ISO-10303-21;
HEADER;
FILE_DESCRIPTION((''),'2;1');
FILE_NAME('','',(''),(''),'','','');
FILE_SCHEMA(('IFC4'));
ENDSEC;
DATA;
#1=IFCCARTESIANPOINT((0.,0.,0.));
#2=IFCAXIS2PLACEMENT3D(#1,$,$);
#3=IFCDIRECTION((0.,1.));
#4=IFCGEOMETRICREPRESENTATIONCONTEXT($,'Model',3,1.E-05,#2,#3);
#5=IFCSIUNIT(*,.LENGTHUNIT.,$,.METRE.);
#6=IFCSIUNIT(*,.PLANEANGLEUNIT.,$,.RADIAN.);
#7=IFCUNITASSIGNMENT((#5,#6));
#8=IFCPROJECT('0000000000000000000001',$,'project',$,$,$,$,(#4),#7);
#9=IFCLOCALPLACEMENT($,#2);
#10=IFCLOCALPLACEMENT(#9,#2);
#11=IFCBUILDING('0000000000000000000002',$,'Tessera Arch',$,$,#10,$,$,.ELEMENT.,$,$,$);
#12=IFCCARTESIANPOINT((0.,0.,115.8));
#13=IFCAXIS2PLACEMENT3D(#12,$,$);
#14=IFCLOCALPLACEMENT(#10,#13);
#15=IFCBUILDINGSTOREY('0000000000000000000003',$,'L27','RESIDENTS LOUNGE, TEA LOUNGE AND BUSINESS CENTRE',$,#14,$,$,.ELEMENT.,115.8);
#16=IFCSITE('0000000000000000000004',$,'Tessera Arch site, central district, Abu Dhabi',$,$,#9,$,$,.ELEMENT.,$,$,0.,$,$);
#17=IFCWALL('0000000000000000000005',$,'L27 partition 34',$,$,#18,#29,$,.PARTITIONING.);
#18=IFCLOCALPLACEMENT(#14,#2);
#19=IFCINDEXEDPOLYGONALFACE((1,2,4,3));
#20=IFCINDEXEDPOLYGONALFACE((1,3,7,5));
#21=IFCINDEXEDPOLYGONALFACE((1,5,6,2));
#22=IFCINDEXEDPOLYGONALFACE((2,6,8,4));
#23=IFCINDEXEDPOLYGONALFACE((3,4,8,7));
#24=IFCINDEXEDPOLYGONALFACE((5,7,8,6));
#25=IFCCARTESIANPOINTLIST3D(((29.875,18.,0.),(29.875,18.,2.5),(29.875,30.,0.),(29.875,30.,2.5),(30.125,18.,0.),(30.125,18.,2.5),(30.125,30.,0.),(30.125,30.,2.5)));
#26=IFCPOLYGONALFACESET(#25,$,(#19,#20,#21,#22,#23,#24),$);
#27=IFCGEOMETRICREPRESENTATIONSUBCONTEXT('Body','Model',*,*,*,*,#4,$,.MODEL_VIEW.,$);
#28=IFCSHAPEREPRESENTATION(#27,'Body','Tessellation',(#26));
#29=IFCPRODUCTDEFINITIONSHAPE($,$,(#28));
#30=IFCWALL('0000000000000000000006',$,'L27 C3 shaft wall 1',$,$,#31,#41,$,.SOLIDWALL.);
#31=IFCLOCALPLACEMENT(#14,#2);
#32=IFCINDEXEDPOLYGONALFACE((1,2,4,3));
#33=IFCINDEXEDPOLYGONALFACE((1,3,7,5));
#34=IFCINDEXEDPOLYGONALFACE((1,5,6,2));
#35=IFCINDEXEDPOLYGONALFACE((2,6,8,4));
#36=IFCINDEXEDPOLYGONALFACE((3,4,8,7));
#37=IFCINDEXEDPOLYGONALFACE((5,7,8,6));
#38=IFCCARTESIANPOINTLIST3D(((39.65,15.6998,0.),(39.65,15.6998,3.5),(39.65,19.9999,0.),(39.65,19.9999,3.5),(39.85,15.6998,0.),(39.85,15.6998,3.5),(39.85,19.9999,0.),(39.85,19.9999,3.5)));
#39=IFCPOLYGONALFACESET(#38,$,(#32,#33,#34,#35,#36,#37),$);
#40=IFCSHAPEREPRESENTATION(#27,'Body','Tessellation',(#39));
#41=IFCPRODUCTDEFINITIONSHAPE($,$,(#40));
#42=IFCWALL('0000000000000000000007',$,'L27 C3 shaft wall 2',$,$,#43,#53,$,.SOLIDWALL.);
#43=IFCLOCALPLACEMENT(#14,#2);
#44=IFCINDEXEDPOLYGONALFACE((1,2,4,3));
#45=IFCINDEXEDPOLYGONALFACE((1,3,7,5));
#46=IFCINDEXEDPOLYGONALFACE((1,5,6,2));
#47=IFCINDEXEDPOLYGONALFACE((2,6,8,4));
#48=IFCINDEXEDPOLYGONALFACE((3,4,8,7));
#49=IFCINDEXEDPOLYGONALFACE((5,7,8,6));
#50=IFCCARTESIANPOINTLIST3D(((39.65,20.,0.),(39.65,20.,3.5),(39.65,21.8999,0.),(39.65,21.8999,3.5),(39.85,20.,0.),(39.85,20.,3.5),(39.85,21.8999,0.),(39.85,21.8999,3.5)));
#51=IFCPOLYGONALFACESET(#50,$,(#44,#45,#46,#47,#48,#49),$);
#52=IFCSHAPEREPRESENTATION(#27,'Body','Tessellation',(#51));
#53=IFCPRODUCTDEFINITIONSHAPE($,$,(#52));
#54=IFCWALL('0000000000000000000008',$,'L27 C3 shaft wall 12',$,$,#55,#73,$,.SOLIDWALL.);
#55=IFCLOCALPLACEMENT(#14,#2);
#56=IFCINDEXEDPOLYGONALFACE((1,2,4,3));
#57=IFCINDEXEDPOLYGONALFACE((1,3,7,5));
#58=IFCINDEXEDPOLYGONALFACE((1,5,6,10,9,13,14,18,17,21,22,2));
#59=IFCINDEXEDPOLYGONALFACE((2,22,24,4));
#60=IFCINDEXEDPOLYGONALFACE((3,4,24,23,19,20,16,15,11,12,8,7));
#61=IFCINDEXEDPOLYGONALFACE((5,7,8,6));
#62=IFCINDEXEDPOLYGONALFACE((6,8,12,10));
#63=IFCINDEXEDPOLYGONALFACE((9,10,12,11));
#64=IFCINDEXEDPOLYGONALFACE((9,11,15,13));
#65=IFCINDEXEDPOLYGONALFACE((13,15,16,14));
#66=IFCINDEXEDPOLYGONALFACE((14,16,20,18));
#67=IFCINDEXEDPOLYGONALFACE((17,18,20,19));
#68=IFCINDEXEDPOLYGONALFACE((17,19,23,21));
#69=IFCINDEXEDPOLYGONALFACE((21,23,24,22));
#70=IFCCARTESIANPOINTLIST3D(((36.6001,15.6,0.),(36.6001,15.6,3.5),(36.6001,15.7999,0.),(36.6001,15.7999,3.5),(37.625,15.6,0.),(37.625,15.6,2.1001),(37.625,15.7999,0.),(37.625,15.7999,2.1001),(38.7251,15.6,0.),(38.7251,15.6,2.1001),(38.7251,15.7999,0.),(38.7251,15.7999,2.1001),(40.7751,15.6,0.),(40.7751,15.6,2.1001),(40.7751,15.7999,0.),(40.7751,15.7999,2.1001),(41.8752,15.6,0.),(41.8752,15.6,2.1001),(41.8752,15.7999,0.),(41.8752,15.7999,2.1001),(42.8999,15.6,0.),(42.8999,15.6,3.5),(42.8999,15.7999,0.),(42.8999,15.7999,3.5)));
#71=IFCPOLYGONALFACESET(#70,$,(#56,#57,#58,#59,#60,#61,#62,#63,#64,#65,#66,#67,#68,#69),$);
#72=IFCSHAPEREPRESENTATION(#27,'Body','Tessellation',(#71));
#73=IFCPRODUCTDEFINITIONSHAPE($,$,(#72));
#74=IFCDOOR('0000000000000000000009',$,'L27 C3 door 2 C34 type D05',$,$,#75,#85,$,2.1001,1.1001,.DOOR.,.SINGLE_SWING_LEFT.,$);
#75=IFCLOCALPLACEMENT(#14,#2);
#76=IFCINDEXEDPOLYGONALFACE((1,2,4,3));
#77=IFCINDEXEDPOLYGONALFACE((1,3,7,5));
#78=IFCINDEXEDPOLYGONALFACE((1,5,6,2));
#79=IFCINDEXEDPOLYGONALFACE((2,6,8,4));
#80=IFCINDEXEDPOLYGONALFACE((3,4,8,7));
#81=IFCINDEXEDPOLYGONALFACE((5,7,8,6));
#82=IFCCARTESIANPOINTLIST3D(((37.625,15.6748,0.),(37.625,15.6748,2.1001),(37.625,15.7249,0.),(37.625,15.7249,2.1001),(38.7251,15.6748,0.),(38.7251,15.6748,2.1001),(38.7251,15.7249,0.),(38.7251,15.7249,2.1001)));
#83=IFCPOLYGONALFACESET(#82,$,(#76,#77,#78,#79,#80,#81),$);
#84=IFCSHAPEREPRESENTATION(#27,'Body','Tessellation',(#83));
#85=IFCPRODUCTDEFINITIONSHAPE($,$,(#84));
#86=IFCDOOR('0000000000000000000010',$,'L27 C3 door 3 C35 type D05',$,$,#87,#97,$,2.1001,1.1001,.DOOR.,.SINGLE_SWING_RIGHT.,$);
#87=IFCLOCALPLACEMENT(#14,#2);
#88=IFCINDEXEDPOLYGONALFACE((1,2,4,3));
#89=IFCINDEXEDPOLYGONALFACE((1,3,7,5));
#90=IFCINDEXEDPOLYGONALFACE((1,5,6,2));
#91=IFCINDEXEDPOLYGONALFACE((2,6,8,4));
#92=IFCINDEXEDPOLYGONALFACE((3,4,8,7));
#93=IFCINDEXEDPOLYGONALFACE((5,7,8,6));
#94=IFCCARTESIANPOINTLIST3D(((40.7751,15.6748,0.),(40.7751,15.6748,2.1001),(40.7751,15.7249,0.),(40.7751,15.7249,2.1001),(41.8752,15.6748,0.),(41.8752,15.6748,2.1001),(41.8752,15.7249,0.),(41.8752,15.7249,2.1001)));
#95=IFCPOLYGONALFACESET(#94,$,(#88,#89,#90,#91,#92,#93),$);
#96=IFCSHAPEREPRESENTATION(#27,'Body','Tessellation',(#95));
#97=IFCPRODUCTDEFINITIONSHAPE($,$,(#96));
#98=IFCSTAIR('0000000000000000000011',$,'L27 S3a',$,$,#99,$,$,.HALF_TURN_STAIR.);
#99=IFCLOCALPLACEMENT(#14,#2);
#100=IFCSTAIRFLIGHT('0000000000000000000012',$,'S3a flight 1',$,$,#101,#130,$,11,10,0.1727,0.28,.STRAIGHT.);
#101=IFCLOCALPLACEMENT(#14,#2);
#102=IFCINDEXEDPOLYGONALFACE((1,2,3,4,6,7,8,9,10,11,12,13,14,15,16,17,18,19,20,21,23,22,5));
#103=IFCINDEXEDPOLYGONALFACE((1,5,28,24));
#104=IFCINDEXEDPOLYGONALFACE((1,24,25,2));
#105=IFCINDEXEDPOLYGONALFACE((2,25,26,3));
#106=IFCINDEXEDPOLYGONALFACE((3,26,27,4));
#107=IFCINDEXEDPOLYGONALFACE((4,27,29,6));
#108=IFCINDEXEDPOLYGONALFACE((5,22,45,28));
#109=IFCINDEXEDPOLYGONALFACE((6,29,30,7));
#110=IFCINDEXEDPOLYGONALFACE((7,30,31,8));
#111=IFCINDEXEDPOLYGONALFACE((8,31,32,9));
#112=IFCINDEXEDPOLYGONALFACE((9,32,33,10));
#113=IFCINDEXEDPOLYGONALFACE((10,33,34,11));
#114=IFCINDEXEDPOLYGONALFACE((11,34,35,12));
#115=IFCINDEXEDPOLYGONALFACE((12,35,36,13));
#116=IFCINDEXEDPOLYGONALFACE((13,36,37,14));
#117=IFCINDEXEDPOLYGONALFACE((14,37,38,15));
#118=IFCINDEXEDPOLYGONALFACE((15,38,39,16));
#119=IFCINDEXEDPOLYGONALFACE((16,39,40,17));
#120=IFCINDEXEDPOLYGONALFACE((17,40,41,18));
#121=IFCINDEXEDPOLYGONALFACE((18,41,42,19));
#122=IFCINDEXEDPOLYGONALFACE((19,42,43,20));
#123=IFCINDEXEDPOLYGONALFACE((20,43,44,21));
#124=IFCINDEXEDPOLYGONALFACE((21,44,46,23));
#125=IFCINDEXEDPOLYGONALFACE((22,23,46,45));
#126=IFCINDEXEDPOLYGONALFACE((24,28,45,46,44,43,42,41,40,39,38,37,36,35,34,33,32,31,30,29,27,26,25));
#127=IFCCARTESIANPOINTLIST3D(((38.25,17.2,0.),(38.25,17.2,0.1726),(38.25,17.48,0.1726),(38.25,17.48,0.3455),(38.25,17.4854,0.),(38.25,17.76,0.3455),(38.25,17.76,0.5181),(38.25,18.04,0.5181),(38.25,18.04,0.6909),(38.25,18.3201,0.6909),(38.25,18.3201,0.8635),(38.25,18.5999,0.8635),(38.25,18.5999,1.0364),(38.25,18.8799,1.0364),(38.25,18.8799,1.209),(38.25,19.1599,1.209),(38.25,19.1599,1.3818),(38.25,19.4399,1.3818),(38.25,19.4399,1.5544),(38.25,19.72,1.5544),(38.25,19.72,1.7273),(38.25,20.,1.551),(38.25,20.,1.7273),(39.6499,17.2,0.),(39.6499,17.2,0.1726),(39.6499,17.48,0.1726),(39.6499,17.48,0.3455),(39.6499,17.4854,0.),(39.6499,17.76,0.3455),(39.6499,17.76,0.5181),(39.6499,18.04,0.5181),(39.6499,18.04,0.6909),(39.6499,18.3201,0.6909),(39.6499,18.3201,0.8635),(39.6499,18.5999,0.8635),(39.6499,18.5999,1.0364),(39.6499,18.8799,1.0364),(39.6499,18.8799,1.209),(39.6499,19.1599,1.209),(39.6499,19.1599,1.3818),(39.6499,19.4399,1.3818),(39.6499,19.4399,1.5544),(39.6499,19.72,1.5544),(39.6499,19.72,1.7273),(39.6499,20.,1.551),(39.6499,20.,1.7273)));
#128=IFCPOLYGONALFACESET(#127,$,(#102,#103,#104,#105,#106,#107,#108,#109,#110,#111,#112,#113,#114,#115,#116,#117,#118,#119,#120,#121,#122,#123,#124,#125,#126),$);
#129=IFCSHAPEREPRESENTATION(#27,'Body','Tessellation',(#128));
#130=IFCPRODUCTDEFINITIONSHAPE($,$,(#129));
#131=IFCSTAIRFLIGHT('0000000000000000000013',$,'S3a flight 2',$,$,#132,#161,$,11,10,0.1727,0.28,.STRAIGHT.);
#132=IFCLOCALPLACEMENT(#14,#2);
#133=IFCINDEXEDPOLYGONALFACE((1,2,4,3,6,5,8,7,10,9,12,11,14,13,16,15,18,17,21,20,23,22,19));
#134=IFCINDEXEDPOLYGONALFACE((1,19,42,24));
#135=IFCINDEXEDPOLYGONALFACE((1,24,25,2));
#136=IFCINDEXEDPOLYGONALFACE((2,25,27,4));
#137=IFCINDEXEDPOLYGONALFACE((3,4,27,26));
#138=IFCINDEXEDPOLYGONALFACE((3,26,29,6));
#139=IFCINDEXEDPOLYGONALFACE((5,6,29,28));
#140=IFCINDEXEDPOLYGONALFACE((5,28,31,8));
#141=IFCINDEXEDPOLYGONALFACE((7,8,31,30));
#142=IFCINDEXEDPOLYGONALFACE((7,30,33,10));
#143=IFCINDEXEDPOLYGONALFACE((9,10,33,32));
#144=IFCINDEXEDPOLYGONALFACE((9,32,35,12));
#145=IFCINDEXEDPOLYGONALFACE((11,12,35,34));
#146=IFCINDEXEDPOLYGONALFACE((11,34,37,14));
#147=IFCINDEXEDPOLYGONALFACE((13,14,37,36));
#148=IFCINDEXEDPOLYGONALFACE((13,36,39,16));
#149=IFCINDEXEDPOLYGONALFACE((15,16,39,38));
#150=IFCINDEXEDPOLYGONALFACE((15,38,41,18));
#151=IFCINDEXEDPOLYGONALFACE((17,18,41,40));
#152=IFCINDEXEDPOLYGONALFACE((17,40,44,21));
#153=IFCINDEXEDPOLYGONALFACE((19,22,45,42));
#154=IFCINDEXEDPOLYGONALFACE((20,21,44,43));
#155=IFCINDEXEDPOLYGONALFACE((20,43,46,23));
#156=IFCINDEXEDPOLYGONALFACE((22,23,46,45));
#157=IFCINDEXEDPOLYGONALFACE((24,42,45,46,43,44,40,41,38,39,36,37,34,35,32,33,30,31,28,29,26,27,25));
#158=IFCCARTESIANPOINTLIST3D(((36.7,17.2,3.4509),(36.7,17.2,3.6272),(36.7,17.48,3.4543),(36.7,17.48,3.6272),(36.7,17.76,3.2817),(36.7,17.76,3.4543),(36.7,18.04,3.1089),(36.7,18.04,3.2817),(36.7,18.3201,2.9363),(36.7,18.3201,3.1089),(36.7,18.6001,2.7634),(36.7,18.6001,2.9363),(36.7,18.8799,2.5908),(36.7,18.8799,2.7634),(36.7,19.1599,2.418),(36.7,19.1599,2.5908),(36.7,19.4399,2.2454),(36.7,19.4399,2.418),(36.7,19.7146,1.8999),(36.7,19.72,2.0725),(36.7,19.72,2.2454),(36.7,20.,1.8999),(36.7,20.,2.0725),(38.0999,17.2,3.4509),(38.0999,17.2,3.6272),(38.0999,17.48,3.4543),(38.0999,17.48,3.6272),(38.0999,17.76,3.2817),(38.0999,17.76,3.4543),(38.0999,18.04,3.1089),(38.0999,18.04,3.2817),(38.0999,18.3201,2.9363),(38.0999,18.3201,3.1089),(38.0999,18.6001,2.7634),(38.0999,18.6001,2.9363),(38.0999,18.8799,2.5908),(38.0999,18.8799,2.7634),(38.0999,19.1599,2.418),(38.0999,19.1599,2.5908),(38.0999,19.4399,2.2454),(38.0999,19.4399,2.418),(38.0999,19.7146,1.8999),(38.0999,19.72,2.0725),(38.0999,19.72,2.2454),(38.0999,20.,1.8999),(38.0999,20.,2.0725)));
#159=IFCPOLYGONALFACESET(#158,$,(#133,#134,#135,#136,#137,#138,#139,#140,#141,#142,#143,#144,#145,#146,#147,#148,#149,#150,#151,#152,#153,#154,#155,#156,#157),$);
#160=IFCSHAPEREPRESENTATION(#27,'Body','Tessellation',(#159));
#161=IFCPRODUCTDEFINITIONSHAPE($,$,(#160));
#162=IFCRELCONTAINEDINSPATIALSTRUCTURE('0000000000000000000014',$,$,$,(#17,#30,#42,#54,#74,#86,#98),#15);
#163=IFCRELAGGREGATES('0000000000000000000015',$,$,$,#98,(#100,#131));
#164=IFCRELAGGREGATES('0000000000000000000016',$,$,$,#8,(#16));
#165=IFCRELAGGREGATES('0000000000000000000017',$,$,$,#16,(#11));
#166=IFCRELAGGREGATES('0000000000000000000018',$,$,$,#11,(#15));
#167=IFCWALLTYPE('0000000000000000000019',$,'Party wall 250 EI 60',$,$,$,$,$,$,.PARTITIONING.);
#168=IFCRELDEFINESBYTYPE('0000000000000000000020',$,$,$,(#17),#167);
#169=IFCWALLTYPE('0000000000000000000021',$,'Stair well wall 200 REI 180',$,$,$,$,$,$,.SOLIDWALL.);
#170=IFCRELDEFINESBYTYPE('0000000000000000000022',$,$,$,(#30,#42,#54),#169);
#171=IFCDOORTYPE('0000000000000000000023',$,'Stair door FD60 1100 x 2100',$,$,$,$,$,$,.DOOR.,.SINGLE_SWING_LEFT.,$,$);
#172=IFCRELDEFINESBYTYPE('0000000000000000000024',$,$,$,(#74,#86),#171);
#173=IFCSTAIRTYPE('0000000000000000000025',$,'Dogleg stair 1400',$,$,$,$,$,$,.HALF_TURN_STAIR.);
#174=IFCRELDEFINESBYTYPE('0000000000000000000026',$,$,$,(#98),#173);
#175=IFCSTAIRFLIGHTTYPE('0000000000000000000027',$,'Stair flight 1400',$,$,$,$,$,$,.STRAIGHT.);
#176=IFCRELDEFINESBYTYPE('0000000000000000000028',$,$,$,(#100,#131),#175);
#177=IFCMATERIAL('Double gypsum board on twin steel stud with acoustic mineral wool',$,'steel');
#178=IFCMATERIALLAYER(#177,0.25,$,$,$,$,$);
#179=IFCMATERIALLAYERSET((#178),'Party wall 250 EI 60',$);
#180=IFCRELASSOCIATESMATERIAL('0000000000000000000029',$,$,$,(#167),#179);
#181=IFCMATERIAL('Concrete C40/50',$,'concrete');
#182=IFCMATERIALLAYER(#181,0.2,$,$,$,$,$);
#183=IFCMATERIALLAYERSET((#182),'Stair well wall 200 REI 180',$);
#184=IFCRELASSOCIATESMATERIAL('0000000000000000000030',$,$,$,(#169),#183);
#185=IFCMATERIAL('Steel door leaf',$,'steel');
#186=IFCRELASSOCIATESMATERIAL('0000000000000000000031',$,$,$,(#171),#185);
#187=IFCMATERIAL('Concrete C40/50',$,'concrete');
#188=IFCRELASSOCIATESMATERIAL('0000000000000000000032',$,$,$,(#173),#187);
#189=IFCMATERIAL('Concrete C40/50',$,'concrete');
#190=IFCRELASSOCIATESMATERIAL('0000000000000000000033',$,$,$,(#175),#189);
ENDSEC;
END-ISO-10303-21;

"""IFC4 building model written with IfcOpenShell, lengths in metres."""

from ifc_helpers import new_model, si_unit, direction, frame, frame_2d, origin, place, context, subcontext, project, spatial, polyline, rectangle, outline, extrude, material, layer, layer_set, type_object, element, fill, aggregate, save


model = new_model("IFC4")

# Units and contexts
model_context = context("Model", 3, precision=1e-05, world=origin(), true_north=direction((0.0, 1.0)))
body_context = subcontext(model_context, "Body", "Model", "MODEL_VIEW")
ifc_project = project(units=[si_unit("LENGTHUNIT", "METRE"), si_unit("PLANEANGLEUNIT", "RADIAN")], contexts=[model_context])

# Site, building, storey
site_placement = place(None, origin())
site = spatial("IfcSite", under=ifc_project, at=site_placement, Name="Tessera Arch site, central district, Abu Dhabi", CompositionType="ELEMENT", RefElevation=0.0)
building_placement = place(site_placement, origin())
building = spatial("IfcBuilding", under=site, at=building_placement, Name="Tessera Arch", CompositionType="ELEMENT")
storey_placement = place(building_placement, frame((0.0, 0.0, 115.8)))
storey = spatial("IfcBuildingStorey", under=building, at=storey_placement, Name="L27", Description="RESIDENTS LOUNGE, TEA LOUNGE AND BUSINESS CENTRE", CompositionType="ELEMENT", Elevation=115.8)

# Walls
ifc_material_1 = material(Name="Double gypsum board on twin steel stud with acoustic mineral wool", Category="steel")
ifc_layer_1 = layer(ifc_material_1, 0.25)
ifc_layer_set_1 = layer_set([ifc_layer_1], Name="Party wall 250 EI 60")
wall_type_1 = type_object("IfcWallType", Name="Party wall 250 EI 60", PredefinedType="PARTITIONING", material=ifc_layer_set_1)
wall_1_placement = place(storey_placement, frame((30.0, 18.0, 0.0), z_axis=(0.0, 0.0, 1.0), x_axis=(0.0, 1.0, 0.0)))
element("IfcWall", 1, at=wall_1_placement, inside=storey, type_object=wall_type_1, Name="L27 partition 34", PredefinedType="PARTITIONING", context=body_context, shape_type="SweptSolid", body=[
    extrude(rectangle(XDim=12.0, YDim=0.25, at=frame_2d((6.0, 0.0))), origin(), (0.0, 0.0, 1.0), 2.5),
])
ifc_material_2 = material(Name="Concrete C40/50", Category="concrete")
ifc_layer_2 = layer(ifc_material_2, 0.2)
ifc_layer_set_2 = layer_set([ifc_layer_2], Name="Stair well wall 200 REI 180")
wall_type_2 = type_object("IfcWallType", Name="Stair well wall 200 REI 180", PredefinedType="SOLIDWALL", material=ifc_layer_set_2)
wall_2_placement = place(storey_placement, frame((39.75, 15.7, 0.0), z_axis=(0.0, 0.0, 1.0), x_axis=(0.0, 1.0, 0.0)))
element("IfcWall", 2, at=wall_2_placement, inside=storey, type_object=wall_type_2, Name="L27 C3 shaft wall 1", PredefinedType="SOLIDWALL", context=body_context, shape_type="SweptSolid", body=[
    extrude(rectangle(XDim=4.3, YDim=0.2, at=frame_2d((2.1499, 0.0))), origin(), (0.0, 0.0, 1.0), 3.5),
])
wall_3_placement = place(storey_placement, frame((39.75, 20.0, 0.0), z_axis=(0.0, 0.0, 1.0), x_axis=(0.0, 1.0, 0.0)))
element("IfcWall", 3, at=wall_3_placement, inside=storey, type_object=wall_type_2, Name="L27 C3 shaft wall 2", PredefinedType="SOLIDWALL", context=body_context, shape_type="SweptSolid", body=[
    extrude(rectangle(XDim=1.8999, YDim=0.2, at=frame_2d((0.95, 0.0))), origin(), (0.0, 0.0, 1.0), 3.5),
])

# Wall, openings, doors
wall_4_placement = place(storey_placement, frame((36.6001, 15.7, 0.0), z_axis=(0.0, 0.0, 1.0), x_axis=(1.0, 0.0, 0.0)))
wall_4 = element("IfcWall", 4, at=wall_4_placement, inside=storey, type_object=wall_type_2, Name="L27 C3 shaft wall 12", PredefinedType="SOLIDWALL", context=body_context, shape_type="SweptSolid", body=[
    extrude(rectangle(XDim=6.2998, YDim=0.2, at=frame_2d((3.1499, 0.0))), origin(), (0.0, 0.0, 1.0), 3.5),
])
opening_1_placement = place(wall_4_placement, frame((1.0249, 0.0, 0.0)))
opening_1 = element("IfcOpeningElement", 5, at=opening_1_placement, cuts=wall_4, PredefinedType="OPENING", context=body_context, shape_type="SweptSolid", body=[
    extrude(rectangle(XDim=1.1001, YDim=2.1001, at=frame_2d((0.55, 1.05))), frame((0.0, 0.1099, 0.0), z_axis=(0.0, -1.0, 0.0), x_axis=(1.0, 0.0, 0.0)), (0.0, 0.0, 1.0), 0.22),
])
opening_2_placement = place(wall_4_placement, frame((4.175, 0.0, 0.0)))
opening_2 = element("IfcOpeningElement", 6, at=opening_2_placement, cuts=wall_4, PredefinedType="OPENING", context=body_context, shape_type="SweptSolid", body=[
    extrude(rectangle(XDim=1.1001, YDim=2.1001, at=frame_2d((0.55, 1.05))), frame((0.0, 0.1099, 0.0), z_axis=(0.0, -1.0, 0.0), x_axis=(1.0, 0.0, 0.0)), (0.0, 0.0, 1.0), 0.22),
])
ifc_material_3 = material(Name="Steel door leaf", Category="steel")
door_type_1 = type_object("IfcDoorType", Name="Stair door FD60 1100 x 2100", OperationType="SINGLE_SWING_LEFT", PredefinedType="DOOR", material=ifc_material_3)
door_1_placement = place(opening_1_placement, origin())
door_1 = element("IfcDoor", 7, at=door_1_placement, inside=storey, type_object=door_type_1, Name="L27 C3 door 2 C34 type D05", OperationType="SINGLE_SWING_LEFT", OverallHeight=2.1001, OverallWidth=1.1001, PredefinedType="DOOR", context=body_context, shape_type="SweptSolid", body=[
    extrude(rectangle(XDim=1.1001, YDim=2.1001, at=frame_2d((0.55, 1.05))), frame((0.0, 0.0249, 0.0), z_axis=(0.0, -1.0, 0.0), x_axis=(1.0, 0.0, 0.0)), (0.0, 0.0, 1.0), 0.05),
])
fill(opening_1, door_1)
door_2_placement = place(opening_2_placement, origin())
door_2 = element("IfcDoor", 8, at=door_2_placement, inside=storey, type_object=door_type_1, Name="L27 C3 door 3 C35 type D05", OperationType="SINGLE_SWING_RIGHT", OverallHeight=2.1001, OverallWidth=1.1001, PredefinedType="DOOR", context=body_context, shape_type="SweptSolid", body=[
    extrude(rectangle(XDim=1.1001, YDim=2.1001, at=frame_2d((0.55, 1.05))), frame((0.0, 0.0249, 0.0), z_axis=(0.0, -1.0, 0.0), x_axis=(1.0, 0.0, 0.0)), (0.0, 0.0, 1.0), 0.05),
])
fill(opening_2, door_2)

# Stair, stair flights
ifc_material_4 = material(Name="Concrete C40/50", Category="concrete")
stair_type = type_object("IfcStairType", Name="Dogleg stair 1400", PredefinedType="HALF_TURN_STAIR", material=ifc_material_4)
stair_1_placement = place(storey_placement, origin())
stair_1 = element("IfcStair", 9, at=stair_1_placement, inside=storey, type_object=stair_type, Name="L27 S3a", PredefinedType="HALF_TURN_STAIR")
ifc_material_5 = material(Name="Concrete C40/50", Category="concrete")
stair_flight_type = type_object("IfcStairFlightType", Name="Stair flight 1400", PredefinedType="STRAIGHT", material=ifc_material_5)
stair_flight_1_placement = place(storey_placement, frame((38.95, 17.2, 0.0), z_axis=(0.0, 0.0, 1.0), x_axis=(0.0, 1.0, 0.0)))
stair_flight_1 = element("IfcStairFlight", 10, at=stair_flight_1_placement, type_object=stair_flight_type, Name="S3a flight 1", NumberOfRisers=11, NumberOfTreads=10, PredefinedType="STRAIGHT", RiserHeight=0.1727, TreadLength=0.28, context=body_context, shape_type="SweptSolid", body=[
    extrude(outline(polyline([(0.0, 0.0), (0.0, 0.1726), (0.28, 0.1726), (0.28, 0.3455), (0.5601, 0.3455), (0.5601, 0.5181), (0.8401, 0.5181), (0.8401, 0.6909), (1.1201, 0.6909), (1.1201, 0.8635), (1.3999, 0.8635), (1.3999, 1.0364), (1.6799, 1.0364), (1.6799, 1.209), (1.96, 1.209), (1.96, 1.3818), (2.24, 1.3818), (2.24, 1.5544), (2.52, 1.5544), (2.52, 1.7273), (2.8, 1.7273), (2.8, 1.8999), (2.8, 1.551), (0.2854, 0.0), (0.0, 0.0)])), frame((0.0, 0.7, 0.0), z_axis=(0.0, -1.0, 0.0), x_axis=(1.0, 0.0, 0.0)), (0.0, 0.0, 1.0), 1.3999),
])
stair_flight_2_placement = place(storey_placement, frame((37.3999, 20.0, 1.8999), z_axis=(0.0, 0.0, 1.0), x_axis=(0.0, -1.0, 0.0)))
stair_flight_2 = element("IfcStairFlight", 11, at=stair_flight_2_placement, type_object=stair_flight_type, Name="S3a flight 2", NumberOfRisers=11, NumberOfTreads=10, PredefinedType="STRAIGHT", RiserHeight=0.1727, TreadLength=0.28, context=body_context, shape_type="SweptSolid", body=[
    extrude(outline(polyline([(0.0, 0.0), (0.0, 0.1726), (0.28, 0.1726), (0.28, 0.3455), (0.5601, 0.3455), (0.5601, 0.5181), (0.8401, 0.5181), (0.8401, 0.6909), (1.1201, 0.6909), (1.1201, 0.8635), (1.3999, 0.8635), (1.3999, 1.0364), (1.6799, 1.0364), (1.6799, 1.209), (1.96, 1.209), (1.96, 1.3818), (2.24, 1.3818), (2.24, 1.5544), (2.52, 1.5544), (2.52, 1.7273), (2.8, 1.7273), (2.8, 1.8999), (2.8, 1.551), (0.2854, 0.0), (0.0, 0.0)])), frame((0.0, 0.7, 0.0), z_axis=(0.0, -1.0, 0.0), x_axis=(1.0, 0.0, 0.0)), (0.0, 0.0, 1.0), 1.3999),
])
aggregate(stair_1, [stair_flight_1, stair_flight_2])

save(model, "model.ifc")
